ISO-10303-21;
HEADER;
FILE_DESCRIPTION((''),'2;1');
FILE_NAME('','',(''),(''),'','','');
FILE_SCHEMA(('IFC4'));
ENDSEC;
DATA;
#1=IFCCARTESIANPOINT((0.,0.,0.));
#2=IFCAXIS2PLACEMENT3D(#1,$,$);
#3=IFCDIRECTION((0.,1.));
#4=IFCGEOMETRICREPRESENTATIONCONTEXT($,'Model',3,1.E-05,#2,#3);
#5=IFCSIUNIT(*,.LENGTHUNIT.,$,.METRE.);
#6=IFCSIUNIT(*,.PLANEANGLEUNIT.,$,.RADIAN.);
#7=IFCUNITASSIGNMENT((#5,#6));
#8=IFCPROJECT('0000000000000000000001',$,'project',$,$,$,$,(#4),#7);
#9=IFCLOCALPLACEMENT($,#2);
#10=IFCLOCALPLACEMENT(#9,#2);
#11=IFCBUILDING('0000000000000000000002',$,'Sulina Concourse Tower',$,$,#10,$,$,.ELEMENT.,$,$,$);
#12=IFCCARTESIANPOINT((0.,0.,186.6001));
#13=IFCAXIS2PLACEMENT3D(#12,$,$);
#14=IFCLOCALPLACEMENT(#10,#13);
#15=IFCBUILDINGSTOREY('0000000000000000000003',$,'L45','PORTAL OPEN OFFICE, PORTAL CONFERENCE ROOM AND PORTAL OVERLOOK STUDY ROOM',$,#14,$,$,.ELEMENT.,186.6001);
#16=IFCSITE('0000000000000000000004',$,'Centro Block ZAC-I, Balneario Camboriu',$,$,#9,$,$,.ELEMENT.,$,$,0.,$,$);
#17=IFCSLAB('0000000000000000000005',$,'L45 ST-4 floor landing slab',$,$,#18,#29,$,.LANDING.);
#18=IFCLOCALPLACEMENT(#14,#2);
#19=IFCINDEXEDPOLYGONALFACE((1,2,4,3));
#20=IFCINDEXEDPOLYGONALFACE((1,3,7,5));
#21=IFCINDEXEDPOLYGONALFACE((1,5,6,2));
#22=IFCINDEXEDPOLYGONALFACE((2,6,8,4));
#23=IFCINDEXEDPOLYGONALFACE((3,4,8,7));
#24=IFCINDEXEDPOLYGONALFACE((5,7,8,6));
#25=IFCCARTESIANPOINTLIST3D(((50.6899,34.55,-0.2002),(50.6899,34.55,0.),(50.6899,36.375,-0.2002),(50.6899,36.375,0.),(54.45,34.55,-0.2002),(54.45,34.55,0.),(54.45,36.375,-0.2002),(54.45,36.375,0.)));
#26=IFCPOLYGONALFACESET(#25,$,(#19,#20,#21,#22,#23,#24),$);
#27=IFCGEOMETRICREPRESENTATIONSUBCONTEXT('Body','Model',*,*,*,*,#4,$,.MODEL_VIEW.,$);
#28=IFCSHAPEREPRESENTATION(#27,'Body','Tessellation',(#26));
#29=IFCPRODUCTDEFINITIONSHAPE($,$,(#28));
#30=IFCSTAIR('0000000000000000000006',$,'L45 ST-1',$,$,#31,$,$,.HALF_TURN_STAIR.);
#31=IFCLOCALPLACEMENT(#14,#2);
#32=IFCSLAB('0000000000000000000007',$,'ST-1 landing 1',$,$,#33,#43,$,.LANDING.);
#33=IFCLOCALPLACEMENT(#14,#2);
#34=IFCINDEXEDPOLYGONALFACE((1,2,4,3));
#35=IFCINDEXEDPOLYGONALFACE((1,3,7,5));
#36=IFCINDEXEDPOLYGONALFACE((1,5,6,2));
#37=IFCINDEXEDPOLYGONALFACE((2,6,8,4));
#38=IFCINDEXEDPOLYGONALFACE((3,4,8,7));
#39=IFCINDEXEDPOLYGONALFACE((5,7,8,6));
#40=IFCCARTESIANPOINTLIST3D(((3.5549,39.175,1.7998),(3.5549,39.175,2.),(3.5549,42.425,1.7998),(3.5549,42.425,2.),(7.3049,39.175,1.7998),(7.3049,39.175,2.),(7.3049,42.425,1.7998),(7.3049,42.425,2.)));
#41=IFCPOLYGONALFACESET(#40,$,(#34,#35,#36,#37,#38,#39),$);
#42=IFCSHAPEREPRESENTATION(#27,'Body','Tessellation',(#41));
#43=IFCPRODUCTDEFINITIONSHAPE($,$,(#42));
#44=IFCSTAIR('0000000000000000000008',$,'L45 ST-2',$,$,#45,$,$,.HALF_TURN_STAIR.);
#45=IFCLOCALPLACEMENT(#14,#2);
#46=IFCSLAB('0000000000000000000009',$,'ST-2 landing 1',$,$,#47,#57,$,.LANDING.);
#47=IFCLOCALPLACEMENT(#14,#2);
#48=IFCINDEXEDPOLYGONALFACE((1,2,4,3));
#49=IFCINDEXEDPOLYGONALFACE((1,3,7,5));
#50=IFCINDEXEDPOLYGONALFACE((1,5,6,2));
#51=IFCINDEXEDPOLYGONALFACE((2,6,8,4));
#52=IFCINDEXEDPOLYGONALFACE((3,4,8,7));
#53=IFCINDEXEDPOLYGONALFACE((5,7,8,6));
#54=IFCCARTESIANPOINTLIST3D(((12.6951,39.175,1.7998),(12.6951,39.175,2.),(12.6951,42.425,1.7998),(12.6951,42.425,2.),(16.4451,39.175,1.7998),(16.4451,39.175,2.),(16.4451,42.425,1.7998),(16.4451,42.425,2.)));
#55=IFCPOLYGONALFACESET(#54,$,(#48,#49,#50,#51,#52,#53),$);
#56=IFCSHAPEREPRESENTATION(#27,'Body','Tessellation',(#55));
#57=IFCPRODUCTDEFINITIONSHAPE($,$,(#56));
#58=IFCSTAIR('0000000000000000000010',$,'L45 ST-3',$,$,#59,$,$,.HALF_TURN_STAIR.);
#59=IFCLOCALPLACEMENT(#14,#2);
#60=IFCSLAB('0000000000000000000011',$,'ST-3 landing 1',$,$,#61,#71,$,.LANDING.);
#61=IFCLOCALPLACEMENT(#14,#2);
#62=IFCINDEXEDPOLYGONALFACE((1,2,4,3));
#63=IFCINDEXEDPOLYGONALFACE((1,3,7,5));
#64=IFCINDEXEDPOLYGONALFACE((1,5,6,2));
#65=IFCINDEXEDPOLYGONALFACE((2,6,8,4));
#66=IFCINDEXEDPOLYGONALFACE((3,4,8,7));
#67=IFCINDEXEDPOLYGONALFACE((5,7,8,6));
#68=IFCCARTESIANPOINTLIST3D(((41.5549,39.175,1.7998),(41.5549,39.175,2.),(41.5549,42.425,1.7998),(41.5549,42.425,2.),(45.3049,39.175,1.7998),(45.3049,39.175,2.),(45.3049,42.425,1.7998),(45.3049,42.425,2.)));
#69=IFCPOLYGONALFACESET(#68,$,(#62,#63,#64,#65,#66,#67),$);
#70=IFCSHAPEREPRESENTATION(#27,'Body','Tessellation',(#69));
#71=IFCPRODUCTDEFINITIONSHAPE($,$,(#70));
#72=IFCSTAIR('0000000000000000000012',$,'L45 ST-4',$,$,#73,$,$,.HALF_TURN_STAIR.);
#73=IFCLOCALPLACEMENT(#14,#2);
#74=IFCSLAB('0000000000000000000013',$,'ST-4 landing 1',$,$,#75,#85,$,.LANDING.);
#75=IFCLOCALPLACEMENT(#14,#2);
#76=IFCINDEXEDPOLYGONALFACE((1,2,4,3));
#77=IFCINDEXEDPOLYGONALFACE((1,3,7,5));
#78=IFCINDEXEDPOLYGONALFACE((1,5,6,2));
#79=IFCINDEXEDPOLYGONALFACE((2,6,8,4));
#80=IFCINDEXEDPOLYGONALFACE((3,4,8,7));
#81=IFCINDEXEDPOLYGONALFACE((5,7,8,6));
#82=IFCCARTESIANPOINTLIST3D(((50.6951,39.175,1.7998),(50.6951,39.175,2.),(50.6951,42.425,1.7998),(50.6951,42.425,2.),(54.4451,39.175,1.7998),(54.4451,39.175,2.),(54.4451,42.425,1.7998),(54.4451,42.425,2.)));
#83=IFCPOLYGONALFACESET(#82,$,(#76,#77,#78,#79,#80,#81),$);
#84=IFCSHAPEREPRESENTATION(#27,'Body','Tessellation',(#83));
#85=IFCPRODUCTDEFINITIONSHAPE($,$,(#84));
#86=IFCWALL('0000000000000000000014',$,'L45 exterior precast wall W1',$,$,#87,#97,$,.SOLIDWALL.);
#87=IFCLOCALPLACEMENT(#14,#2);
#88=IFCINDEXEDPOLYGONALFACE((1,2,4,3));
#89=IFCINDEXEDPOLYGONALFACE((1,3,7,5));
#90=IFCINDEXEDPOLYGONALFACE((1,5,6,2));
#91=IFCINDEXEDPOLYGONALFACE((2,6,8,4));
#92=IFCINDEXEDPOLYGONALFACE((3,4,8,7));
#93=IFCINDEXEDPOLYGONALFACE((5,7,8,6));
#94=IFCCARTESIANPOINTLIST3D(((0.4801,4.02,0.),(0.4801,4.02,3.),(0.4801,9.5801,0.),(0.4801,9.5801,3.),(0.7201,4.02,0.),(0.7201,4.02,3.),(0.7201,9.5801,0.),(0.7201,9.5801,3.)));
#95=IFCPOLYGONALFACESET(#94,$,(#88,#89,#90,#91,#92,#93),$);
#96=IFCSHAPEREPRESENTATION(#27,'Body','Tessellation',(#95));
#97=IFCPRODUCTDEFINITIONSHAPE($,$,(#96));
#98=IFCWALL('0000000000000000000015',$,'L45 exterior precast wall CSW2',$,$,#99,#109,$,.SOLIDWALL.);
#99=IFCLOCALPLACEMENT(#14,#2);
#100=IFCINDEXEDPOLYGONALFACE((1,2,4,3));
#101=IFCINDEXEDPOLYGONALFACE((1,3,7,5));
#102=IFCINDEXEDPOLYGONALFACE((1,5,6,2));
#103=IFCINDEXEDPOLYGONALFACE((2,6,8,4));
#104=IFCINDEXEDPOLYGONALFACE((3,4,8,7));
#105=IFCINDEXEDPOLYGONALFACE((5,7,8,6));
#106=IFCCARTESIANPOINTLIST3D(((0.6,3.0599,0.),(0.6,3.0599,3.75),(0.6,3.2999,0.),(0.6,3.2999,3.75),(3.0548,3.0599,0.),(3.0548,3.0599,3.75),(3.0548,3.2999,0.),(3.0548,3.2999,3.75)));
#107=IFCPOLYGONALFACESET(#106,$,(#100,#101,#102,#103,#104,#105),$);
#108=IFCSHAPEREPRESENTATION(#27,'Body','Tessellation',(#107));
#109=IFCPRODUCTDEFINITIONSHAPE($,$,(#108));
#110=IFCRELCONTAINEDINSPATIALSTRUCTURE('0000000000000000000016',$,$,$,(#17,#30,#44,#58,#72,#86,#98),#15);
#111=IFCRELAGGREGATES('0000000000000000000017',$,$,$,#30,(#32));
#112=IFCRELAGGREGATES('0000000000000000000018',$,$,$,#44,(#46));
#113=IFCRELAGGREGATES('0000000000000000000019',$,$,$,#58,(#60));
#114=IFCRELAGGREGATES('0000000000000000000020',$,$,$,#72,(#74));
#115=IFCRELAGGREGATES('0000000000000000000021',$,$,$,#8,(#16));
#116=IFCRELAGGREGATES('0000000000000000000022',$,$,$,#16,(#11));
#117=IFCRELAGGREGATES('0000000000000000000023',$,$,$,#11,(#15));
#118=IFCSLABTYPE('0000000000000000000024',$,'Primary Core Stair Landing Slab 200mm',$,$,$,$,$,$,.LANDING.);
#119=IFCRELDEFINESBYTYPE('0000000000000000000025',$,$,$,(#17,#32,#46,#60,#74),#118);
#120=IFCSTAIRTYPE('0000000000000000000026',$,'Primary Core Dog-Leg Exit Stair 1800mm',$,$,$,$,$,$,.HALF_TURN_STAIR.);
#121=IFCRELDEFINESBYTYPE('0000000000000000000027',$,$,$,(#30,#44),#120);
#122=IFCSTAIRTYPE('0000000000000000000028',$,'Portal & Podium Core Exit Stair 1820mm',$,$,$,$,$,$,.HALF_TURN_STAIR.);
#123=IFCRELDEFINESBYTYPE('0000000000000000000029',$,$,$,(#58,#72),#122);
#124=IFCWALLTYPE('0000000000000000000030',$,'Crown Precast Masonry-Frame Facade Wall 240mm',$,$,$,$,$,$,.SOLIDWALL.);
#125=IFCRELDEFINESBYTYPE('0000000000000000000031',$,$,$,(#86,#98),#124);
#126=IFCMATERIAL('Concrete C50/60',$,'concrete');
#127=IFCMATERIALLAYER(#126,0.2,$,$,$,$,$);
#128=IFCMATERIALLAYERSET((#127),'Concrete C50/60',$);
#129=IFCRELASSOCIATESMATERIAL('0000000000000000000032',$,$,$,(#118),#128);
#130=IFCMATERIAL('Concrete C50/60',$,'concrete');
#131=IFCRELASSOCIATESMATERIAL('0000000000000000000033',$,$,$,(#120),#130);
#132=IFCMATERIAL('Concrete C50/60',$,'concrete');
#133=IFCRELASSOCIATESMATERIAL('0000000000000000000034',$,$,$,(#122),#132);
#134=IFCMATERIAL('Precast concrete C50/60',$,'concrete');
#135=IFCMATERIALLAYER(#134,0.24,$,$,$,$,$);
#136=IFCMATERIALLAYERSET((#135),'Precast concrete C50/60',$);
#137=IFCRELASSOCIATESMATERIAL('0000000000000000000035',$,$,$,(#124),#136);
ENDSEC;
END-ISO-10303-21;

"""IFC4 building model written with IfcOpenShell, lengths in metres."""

from ifc_helpers import new_model, si_unit, direction, frame, frame_2d, origin, place, context, subcontext, project, spatial, polyline, rectangle, outline, extrude, material, layer, layer_set, type_object, element, aggregate, save


model = new_model("IFC4")

# Units and contexts
model_context = context("Model", 3, precision=1e-05, world=origin(), true_north=direction((0.0, 1.0)))
body_context = subcontext(model_context, "Body", "Model", "MODEL_VIEW")
ifc_project = project(units=[si_unit("LENGTHUNIT", "METRE"), si_unit("PLANEANGLEUNIT", "RADIAN")], contexts=[model_context])

# Site, building, storey
site_placement = place(None, origin())
site = spatial("IfcSite", under=ifc_project, at=site_placement, Name="Centro Block ZAC-I, Balneario Camboriu", CompositionType="ELEMENT", RefElevation=0.0)
building_placement = place(site_placement, origin())
building = spatial("IfcBuilding", under=site, at=building_placement, Name="Sulina Concourse Tower", CompositionType="ELEMENT")
storey_placement = place(building_placement, frame((0.0, 0.0, 186.6001)))
storey = spatial("IfcBuildingStorey", under=building, at=storey_placement, Name="L45", Description="PORTAL OPEN OFFICE, PORTAL CONFERENCE ROOM AND PORTAL OVERLOOK STUDY ROOM", CompositionType="ELEMENT", Elevation=186.6001)

# Slab
ifc_material_1 = material(Name="Concrete C50/60", Category="concrete")
ifc_layer_1 = layer(ifc_material_1, 0.2)
ifc_layer_set_1 = layer_set([ifc_layer_1], Name="Concrete C50/60")
slab_type_1 = type_object("IfcSlabType", Name="Primary Core Stair Landing Slab 200mm", PredefinedType="LANDING", material=ifc_layer_set_1)
slab_1_placement = place(storey_placement, frame((0.0, 0.0, -0.2002)))
element("IfcSlab", 1, at=slab_1_placement, inside=storey, type_object=slab_type_1, Name="L45 ST-4 floor landing slab", PredefinedType="LANDING", context=body_context, shape_type="SweptSolid", body=[
    extrude(outline(polyline([(54.45, 34.55), (54.45, 36.375), (50.6899, 36.375), (50.6899, 34.55), (54.45, 34.55)])), origin(), (0.0, 0.0, 1.0), 0.2002),
])

# Stairs, slabs
ifc_material_2 = material(Name="Concrete C50/60", Category="concrete")
stair_type_1 = type_object("IfcStairType", Name="Primary Core Dog-Leg Exit Stair 1800mm", PredefinedType="HALF_TURN_STAIR", material=ifc_material_2)
stair_1_placement = place(storey_placement, origin())
stair_1 = element("IfcStair", 2, at=stair_1_placement, inside=storey, type_object=stair_type_1, Name="L45 ST-1", PredefinedType="HALF_TURN_STAIR")
slab_2_placement = place(storey_placement, frame((0.0, 0.0, 1.7998)))
slab_2 = element("IfcSlab", 3, at=slab_2_placement, type_object=slab_type_1, Name="ST-1 landing 1", PredefinedType="LANDING", context=body_context, shape_type="SweptSolid", body=[
    extrude(outline(polyline([(7.3049, 39.175), (7.3049, 42.425), (3.5549, 42.425), (3.5549, 39.175), (7.3049, 39.175)])), origin(), (0.0, 0.0, 1.0), 0.2002),
])
aggregate(stair_1, [slab_2])
stair_2_placement = place(storey_placement, origin())
stair_2 = element("IfcStair", 4, at=stair_2_placement, inside=storey, type_object=stair_type_1, Name="L45 ST-2", PredefinedType="HALF_TURN_STAIR")
slab_3_placement = place(storey_placement, frame((0.0, 0.0, 1.7998)))
slab_3 = element("IfcSlab", 5, at=slab_3_placement, type_object=slab_type_1, Name="ST-2 landing 1", PredefinedType="LANDING", context=body_context, shape_type="SweptSolid", body=[
    extrude(outline(polyline([(16.4451, 39.175), (16.4451, 42.425), (12.6951, 42.425), (12.6951, 39.175), (16.4451, 39.175)])), origin(), (0.0, 0.0, 1.0), 0.2002),
])
aggregate(stair_2, [slab_3])
ifc_material_3 = material(Name="Concrete C50/60", Category="concrete")
stair_type_2 = type_object("IfcStairType", Name="Portal & Podium Core Exit Stair 1820mm", PredefinedType="HALF_TURN_STAIR", material=ifc_material_3)
stair_3_placement = place(storey_placement, origin())
stair_3 = element("IfcStair", 6, at=stair_3_placement, inside=storey, type_object=stair_type_2, Name="L45 ST-3", PredefinedType="HALF_TURN_STAIR")
slab_4_placement = place(storey_placement, frame((0.0, 0.0, 1.7998)))
slab_4 = element("IfcSlab", 7, at=slab_4_placement, type_object=slab_type_1, Name="ST-3 landing 1", PredefinedType="LANDING", context=body_context, shape_type="SweptSolid", body=[
    extrude(outline(polyline([(45.3049, 39.175), (45.3049, 42.425), (41.5549, 42.425), (41.5549, 39.175), (45.3049, 39.175)])), origin(), (0.0, 0.0, 1.0), 0.2002),
])
aggregate(stair_3, [slab_4])
stair_4_placement = place(storey_placement, origin())
stair_4 = element("IfcStair", 8, at=stair_4_placement, inside=storey, type_object=stair_type_2, Name="L45 ST-4", PredefinedType="HALF_TURN_STAIR")
slab_5_placement = place(storey_placement, frame((0.0, 0.0, 1.7998)))
slab_5 = element("IfcSlab", 9, at=slab_5_placement, type_object=slab_type_1, Name="ST-4 landing 1", PredefinedType="LANDING", context=body_context, shape_type="SweptSolid", body=[
    extrude(outline(polyline([(54.4451, 39.175), (54.4451, 42.425), (50.6951, 42.425), (50.6951, 39.175), (54.4451, 39.175)])), origin(), (0.0, 0.0, 1.0), 0.2002),
])
aggregate(stair_4, [slab_5])

# Walls
ifc_material_4 = material(Name="Precast concrete C50/60", Category="concrete")
ifc_layer_2 = layer(ifc_material_4, 0.24)
ifc_layer_set_2 = layer_set([ifc_layer_2], Name="Precast concrete C50/60")
wall_type = type_object("IfcWallType", Name="Crown Precast Masonry-Frame Facade Wall 240mm", PredefinedType="SOLIDWALL", material=ifc_layer_set_2)
wall_1_placement = place(storey_placement, frame((0.6001, 4.02, 0.0), z_axis=(0.0, 0.0, 1.0), x_axis=(0.0, 1.0, 0.0)))
element("IfcWall", 10, at=wall_1_placement, inside=storey, type_object=wall_type, Name="L45 exterior precast wall W1", PredefinedType="SOLIDWALL", context=body_context, shape_type="SweptSolid", body=[
    extrude(rectangle(XDim=5.5601, YDim=0.24, at=frame_2d((2.78, 0.0))), origin(), (0.0, 0.0, 1.0), 3.0),
])
wall_2_placement = place(storey_placement, frame((3.0549, 3.1799, 0.0), z_axis=(0.0, 0.0, 1.0), x_axis=(-1.0, 0.0, 0.0)))
element("IfcWall", 11, at=wall_2_placement, inside=storey, type_object=wall_type, Name="L45 exterior precast wall CSW2", PredefinedType="SOLIDWALL", context=body_context, shape_type="SweptSolid", body=[
    extrude(rectangle(XDim=2.4548, YDim=0.24, at=frame_2d((1.2275, 0.0))), origin(), (0.0, 0.0, 1.0), 3.75),
])

save(model, "model.ifc")
